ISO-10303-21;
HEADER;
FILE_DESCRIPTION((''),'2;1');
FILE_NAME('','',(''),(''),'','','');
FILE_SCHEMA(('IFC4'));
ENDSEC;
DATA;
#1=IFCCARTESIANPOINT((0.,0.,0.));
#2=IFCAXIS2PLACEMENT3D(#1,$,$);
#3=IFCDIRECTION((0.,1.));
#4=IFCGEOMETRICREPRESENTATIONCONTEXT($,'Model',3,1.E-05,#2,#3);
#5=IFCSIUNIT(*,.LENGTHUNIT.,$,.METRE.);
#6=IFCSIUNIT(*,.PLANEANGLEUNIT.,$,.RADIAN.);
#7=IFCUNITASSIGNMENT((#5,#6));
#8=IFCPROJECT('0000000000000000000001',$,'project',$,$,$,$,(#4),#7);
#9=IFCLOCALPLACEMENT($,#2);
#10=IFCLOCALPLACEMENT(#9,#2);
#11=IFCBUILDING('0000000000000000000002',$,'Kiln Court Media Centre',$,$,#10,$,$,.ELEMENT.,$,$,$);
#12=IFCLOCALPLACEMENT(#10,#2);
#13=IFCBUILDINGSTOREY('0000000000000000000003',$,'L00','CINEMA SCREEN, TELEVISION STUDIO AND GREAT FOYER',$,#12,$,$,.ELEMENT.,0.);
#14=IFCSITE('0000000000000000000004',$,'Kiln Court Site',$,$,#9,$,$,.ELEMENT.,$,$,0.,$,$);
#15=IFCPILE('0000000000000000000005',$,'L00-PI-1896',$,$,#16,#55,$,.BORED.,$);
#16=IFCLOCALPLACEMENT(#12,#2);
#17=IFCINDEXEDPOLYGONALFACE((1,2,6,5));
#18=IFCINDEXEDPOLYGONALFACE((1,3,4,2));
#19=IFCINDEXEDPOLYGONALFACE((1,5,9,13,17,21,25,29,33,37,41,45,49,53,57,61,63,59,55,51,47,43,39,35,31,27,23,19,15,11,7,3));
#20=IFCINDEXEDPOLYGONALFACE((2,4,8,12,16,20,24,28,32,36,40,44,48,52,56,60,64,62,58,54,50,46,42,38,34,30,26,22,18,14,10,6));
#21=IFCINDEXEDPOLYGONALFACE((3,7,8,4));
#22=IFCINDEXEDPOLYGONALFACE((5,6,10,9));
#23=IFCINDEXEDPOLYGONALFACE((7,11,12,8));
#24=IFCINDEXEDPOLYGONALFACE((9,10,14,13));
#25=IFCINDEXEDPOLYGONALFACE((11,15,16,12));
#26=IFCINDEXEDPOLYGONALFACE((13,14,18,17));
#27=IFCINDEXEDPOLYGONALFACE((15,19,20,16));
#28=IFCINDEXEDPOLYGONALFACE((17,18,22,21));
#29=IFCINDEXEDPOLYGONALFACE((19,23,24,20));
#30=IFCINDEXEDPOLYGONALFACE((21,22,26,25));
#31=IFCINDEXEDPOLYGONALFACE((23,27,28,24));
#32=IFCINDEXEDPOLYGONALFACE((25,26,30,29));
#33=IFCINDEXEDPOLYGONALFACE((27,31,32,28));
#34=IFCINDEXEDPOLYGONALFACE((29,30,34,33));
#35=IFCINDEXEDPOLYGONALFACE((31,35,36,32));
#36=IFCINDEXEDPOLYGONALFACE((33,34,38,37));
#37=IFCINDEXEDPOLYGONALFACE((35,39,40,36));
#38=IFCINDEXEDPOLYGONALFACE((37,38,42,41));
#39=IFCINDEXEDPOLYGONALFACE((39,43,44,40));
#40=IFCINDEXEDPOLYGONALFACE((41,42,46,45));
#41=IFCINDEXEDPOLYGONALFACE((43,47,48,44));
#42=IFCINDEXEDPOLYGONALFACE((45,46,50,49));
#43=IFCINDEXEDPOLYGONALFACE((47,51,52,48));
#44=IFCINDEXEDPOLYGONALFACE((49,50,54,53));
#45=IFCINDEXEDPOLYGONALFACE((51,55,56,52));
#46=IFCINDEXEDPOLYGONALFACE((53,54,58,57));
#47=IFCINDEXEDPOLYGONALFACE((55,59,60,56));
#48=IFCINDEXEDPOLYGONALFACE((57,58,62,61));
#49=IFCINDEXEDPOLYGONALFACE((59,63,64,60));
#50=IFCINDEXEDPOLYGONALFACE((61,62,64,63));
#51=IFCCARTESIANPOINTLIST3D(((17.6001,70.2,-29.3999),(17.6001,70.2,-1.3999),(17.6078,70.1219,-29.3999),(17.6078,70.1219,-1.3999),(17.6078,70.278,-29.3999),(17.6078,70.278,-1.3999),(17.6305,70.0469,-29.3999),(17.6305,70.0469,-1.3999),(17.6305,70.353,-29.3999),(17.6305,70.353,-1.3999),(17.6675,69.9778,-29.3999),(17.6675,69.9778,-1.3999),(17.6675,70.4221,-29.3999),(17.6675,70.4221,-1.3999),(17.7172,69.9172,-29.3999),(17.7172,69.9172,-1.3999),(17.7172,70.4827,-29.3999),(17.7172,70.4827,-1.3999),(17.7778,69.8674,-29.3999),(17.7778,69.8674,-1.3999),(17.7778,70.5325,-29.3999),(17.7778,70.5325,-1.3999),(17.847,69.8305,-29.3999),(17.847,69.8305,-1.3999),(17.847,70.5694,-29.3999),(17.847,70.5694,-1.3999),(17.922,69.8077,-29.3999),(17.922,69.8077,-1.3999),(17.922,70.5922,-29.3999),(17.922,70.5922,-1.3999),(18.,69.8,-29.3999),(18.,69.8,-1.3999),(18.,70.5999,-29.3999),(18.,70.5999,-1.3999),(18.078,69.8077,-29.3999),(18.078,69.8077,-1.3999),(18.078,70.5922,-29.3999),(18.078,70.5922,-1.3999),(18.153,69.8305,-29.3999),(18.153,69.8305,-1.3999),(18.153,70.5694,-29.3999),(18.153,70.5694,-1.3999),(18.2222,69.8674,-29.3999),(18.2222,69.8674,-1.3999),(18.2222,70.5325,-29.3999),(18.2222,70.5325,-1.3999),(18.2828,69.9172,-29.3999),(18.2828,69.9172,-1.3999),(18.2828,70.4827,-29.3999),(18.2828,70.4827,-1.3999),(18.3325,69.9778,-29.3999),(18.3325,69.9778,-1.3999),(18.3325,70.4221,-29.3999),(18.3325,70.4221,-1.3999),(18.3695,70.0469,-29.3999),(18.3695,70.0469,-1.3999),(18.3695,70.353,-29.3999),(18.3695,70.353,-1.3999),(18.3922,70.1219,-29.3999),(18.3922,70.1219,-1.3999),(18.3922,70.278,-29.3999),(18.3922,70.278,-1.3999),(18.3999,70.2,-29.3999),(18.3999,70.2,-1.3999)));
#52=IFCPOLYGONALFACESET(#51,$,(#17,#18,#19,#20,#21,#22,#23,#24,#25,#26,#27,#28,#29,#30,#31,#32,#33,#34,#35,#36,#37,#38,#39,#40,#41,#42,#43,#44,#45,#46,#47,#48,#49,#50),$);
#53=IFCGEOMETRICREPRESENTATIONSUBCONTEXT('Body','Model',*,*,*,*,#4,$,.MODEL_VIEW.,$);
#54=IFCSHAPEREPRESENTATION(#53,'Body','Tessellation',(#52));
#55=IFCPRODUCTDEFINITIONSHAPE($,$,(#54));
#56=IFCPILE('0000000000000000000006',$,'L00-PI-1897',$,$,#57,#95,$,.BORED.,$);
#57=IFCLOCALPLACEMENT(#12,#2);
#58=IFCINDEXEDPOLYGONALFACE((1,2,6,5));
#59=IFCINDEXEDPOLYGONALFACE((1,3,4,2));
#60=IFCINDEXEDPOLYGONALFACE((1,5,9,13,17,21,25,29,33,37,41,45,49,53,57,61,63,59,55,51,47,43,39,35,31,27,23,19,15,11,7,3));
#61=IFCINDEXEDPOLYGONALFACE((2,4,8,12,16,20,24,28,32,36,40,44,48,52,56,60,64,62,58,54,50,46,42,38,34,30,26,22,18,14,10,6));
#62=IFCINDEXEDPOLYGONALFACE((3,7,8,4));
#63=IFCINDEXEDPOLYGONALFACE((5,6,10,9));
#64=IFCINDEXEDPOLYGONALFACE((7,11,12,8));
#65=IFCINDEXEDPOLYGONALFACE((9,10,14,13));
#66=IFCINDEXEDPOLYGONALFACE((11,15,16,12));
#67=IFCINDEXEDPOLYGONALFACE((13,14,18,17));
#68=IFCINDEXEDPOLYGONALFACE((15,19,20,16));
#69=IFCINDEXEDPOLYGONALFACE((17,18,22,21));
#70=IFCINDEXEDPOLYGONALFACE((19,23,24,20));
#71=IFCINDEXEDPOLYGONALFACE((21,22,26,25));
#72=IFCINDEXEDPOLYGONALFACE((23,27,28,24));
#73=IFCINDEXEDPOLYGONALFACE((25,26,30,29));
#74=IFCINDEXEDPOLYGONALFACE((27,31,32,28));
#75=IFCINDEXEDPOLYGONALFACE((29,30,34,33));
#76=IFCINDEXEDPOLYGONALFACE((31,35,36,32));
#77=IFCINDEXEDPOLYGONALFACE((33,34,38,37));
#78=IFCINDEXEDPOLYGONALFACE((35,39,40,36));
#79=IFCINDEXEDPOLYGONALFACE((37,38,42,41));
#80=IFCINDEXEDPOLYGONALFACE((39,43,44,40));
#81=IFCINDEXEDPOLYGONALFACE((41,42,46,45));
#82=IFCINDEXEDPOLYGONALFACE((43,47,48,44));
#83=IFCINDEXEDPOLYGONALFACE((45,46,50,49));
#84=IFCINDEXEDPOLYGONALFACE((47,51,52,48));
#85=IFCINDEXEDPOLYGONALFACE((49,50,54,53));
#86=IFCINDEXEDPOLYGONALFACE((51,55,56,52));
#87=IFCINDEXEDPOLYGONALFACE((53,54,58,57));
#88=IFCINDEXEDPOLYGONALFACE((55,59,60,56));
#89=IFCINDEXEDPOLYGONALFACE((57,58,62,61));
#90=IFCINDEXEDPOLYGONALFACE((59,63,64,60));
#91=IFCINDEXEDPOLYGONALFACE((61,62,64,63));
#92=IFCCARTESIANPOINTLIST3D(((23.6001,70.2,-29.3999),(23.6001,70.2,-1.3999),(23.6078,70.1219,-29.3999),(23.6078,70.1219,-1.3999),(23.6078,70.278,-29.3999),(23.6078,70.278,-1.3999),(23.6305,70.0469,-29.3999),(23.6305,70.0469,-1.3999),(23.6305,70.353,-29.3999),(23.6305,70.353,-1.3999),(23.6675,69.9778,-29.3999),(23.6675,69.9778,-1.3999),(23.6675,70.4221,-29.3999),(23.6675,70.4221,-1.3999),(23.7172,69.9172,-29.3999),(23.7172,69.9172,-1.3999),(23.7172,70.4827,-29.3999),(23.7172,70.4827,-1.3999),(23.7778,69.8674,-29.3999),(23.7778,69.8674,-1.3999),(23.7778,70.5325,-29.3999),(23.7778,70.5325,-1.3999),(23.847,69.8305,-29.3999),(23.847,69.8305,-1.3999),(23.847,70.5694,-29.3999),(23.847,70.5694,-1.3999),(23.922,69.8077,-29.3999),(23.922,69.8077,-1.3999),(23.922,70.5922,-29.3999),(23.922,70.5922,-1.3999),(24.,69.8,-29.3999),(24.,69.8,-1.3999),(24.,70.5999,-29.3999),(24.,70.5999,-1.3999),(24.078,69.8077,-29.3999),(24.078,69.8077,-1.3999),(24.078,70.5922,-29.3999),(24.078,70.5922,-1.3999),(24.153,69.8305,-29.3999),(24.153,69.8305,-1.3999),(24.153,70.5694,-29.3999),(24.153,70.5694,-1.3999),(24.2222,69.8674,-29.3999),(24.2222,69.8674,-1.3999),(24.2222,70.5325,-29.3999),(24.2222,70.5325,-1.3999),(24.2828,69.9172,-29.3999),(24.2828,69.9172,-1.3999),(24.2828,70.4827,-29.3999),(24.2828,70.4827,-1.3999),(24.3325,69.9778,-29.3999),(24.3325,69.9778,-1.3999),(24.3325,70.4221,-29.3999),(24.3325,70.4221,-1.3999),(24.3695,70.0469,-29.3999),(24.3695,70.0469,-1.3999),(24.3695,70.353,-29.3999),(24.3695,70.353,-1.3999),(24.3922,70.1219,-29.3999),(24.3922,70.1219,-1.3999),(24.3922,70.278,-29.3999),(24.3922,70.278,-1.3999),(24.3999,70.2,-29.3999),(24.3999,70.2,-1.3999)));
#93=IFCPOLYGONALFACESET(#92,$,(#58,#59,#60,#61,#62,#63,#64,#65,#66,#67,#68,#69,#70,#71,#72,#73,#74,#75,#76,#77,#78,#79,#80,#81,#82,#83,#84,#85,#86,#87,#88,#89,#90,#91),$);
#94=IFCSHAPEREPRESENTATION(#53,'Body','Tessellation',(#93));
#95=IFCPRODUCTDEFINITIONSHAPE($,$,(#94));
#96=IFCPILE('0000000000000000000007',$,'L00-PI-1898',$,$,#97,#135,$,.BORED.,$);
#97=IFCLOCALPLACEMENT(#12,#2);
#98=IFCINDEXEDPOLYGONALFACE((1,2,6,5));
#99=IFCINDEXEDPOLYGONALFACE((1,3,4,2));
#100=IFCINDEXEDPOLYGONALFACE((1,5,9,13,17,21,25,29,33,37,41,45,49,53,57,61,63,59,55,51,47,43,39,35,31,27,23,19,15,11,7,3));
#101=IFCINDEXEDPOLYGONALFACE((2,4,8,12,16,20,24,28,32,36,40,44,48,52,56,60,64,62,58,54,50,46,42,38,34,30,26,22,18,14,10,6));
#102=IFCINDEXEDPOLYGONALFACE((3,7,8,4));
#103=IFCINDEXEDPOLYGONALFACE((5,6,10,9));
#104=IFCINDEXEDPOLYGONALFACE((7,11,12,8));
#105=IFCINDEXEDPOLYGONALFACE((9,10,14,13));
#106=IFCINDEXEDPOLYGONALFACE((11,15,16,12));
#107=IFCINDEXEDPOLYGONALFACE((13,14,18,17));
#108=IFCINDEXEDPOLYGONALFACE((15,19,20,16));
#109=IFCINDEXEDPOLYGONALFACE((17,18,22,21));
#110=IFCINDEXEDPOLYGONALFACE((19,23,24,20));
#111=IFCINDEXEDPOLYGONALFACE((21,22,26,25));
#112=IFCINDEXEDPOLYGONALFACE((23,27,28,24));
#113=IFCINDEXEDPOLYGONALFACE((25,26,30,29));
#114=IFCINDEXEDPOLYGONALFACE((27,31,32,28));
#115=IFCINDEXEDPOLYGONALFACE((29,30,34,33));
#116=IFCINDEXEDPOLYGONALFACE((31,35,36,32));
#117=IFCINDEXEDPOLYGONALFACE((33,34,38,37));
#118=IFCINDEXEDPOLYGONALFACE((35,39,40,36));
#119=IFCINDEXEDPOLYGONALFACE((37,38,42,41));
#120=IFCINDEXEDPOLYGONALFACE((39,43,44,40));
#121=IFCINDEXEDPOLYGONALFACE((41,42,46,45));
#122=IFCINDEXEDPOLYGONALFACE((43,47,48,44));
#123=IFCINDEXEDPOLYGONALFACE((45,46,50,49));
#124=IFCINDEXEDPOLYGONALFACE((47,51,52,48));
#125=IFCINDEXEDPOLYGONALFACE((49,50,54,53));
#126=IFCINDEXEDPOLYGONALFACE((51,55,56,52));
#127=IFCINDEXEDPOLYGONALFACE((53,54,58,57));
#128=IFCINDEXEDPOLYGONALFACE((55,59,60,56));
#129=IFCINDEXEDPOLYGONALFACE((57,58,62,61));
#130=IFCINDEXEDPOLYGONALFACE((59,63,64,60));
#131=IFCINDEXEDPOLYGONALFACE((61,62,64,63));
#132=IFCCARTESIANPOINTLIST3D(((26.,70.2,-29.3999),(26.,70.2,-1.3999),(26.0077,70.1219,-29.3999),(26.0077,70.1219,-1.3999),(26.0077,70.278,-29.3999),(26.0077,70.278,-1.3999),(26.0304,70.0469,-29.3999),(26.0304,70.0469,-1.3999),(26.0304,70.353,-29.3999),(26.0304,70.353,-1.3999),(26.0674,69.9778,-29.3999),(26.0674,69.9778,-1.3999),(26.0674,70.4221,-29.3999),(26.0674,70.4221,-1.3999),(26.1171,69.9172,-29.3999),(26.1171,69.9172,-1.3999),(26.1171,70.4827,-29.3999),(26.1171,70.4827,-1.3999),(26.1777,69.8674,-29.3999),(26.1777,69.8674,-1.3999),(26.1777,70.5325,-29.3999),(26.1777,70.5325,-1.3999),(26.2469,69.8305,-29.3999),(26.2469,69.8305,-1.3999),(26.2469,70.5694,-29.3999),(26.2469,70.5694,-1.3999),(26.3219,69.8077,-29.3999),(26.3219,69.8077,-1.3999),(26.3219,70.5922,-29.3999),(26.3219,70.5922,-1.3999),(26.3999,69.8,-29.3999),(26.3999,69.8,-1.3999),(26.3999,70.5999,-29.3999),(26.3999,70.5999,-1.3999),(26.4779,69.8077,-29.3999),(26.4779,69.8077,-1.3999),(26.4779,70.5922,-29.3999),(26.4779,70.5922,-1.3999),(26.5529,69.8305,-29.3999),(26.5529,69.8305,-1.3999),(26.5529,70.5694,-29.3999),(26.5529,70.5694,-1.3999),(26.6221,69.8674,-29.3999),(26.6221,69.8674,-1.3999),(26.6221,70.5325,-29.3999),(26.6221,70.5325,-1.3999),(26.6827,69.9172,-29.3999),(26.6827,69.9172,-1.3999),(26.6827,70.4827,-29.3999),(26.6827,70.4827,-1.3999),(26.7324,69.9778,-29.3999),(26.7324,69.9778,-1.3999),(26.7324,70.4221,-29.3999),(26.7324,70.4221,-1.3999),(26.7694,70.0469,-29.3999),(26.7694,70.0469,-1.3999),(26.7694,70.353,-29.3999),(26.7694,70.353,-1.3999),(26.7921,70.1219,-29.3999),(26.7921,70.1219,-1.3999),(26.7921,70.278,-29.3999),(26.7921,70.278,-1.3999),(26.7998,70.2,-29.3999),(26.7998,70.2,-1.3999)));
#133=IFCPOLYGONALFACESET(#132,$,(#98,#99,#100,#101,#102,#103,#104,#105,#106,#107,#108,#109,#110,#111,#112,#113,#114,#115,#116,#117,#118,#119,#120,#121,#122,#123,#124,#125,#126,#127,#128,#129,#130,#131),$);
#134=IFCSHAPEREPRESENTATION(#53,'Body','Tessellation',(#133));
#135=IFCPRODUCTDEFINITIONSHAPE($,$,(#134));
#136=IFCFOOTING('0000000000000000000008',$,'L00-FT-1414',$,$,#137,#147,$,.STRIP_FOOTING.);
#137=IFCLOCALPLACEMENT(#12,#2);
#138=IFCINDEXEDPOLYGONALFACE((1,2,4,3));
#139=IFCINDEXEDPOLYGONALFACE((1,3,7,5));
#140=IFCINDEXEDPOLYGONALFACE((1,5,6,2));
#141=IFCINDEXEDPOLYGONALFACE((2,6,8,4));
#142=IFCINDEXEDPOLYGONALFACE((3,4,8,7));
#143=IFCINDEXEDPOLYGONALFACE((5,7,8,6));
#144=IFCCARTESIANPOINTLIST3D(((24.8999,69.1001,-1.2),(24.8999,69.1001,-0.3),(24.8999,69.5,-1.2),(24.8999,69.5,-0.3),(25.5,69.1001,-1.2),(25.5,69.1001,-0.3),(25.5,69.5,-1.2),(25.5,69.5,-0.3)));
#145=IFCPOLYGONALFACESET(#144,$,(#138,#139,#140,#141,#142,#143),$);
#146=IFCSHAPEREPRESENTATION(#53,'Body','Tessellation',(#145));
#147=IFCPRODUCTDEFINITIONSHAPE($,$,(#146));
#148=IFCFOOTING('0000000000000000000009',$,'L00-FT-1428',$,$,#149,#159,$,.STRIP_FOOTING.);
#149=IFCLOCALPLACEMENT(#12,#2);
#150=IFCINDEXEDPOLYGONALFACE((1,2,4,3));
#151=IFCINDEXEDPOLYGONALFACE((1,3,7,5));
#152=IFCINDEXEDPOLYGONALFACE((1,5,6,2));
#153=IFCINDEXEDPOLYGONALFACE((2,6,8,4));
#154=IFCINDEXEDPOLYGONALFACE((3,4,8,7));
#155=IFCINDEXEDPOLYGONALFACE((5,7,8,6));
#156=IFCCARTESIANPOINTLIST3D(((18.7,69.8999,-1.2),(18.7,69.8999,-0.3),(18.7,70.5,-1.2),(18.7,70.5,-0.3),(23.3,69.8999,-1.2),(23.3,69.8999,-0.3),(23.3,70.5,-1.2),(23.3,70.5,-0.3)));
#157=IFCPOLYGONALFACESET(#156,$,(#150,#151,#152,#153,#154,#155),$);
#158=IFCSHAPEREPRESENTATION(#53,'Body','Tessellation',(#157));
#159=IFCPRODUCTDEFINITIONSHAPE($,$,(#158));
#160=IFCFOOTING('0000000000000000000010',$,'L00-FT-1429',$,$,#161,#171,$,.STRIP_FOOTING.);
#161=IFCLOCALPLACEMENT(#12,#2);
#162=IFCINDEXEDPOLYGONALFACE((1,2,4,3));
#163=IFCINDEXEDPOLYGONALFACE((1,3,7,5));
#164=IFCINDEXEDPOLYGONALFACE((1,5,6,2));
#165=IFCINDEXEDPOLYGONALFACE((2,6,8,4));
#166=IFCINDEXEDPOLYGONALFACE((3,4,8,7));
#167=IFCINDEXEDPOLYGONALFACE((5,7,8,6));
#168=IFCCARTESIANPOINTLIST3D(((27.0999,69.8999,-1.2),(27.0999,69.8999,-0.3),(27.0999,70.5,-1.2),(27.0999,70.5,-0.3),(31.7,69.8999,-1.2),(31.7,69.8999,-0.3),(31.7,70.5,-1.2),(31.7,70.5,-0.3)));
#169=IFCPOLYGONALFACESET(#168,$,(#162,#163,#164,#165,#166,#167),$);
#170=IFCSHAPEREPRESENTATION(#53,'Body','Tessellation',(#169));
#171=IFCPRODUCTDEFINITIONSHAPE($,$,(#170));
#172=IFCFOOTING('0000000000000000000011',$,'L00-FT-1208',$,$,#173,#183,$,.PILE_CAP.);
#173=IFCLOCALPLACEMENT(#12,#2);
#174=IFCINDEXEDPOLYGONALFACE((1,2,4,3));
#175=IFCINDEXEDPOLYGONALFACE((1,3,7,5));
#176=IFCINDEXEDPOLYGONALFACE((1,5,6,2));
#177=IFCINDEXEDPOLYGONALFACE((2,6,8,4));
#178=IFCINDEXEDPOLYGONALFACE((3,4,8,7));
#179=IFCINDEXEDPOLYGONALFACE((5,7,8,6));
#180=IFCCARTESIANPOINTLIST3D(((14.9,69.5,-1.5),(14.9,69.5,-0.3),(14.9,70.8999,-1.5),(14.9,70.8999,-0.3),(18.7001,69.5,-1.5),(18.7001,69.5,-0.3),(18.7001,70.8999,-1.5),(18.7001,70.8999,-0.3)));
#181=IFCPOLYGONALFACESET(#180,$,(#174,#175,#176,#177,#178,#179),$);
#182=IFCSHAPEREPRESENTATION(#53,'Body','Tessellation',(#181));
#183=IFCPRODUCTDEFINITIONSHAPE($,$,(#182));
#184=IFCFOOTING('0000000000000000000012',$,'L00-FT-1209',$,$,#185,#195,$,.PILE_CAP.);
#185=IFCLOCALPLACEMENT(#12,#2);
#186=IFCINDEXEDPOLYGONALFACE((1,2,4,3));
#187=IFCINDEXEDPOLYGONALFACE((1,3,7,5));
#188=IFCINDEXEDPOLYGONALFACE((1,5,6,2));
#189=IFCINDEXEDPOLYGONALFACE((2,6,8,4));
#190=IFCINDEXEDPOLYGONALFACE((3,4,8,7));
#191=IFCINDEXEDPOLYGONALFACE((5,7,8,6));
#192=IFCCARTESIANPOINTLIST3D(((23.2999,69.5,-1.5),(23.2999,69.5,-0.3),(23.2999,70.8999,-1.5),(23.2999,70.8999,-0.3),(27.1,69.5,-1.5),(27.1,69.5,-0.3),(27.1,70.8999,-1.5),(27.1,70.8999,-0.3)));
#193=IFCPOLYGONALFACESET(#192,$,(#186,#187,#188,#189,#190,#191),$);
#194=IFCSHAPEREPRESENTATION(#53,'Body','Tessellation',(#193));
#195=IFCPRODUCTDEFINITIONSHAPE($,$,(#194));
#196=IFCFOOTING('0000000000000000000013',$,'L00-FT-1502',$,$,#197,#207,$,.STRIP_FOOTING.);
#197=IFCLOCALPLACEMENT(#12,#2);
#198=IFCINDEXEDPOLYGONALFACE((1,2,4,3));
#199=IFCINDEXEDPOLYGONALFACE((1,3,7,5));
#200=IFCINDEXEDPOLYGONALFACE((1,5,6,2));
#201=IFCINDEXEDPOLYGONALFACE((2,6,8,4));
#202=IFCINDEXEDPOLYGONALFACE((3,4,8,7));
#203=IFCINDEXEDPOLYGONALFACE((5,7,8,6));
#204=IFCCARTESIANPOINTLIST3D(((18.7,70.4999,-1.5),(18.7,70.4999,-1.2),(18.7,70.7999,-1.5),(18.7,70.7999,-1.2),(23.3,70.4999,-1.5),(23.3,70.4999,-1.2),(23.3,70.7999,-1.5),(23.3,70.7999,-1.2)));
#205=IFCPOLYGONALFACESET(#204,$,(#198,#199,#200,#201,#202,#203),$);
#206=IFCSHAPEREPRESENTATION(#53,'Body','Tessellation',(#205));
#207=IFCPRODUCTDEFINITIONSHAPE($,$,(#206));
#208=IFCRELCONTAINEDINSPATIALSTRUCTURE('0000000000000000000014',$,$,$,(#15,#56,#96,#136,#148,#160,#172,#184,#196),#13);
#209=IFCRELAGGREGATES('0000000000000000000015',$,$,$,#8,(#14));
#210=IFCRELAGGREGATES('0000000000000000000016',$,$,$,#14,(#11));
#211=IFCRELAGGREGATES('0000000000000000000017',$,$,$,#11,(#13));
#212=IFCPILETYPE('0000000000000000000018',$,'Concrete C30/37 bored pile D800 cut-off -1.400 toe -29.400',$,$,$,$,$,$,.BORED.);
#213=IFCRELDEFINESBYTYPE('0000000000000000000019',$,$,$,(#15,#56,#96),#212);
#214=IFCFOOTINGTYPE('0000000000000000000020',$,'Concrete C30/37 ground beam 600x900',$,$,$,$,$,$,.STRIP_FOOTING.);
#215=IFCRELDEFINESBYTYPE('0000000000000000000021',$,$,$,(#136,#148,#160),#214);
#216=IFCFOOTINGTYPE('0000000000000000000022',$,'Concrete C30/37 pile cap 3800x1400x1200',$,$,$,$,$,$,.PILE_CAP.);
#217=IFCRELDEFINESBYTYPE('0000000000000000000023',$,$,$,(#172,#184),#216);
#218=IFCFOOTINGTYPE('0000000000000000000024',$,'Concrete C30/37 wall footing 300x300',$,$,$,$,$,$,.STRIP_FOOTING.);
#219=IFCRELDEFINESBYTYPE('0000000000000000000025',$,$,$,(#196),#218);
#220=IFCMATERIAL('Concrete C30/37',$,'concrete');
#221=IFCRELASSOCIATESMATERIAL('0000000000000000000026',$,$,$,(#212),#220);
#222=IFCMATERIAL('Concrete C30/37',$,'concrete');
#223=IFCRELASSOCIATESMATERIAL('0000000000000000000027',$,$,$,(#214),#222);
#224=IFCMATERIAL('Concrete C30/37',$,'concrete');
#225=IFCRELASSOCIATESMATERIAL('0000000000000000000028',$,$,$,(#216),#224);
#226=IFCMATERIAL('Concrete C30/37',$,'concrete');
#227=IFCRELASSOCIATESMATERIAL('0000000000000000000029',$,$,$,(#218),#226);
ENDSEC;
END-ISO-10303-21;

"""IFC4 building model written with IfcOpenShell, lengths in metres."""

from ifc_helpers import new_model, si_unit, direction, frame, origin, origin_2d, place, context, subcontext, project, spatial, rectangle, circle, extrude, material, material_profile, profile_set, type_object, element, save


model = new_model("IFC4")

# Units and contexts
model_context = context("Model", 3, precision=1e-05, world=origin(), true_north=direction((0.0, 1.0)))
body_context = subcontext(model_context, "Body", "Model", "MODEL_VIEW")
ifc_project = project(units=[si_unit("LENGTHUNIT", "METRE"), si_unit("PLANEANGLEUNIT", "RADIAN")], contexts=[model_context])

# Site, building, storey
site_placement = place(None, origin())
site = spatial("IfcSite", under=ifc_project, at=site_placement, Name="Kiln Court Site", CompositionType="ELEMENT", RefElevation=0.0)
building_placement = place(site_placement, origin())
building = spatial("IfcBuilding", under=site, at=building_placement, Name="Kiln Court Media Centre", CompositionType="ELEMENT")
storey_placement = place(building_placement, origin())
storey = spatial("IfcBuildingStorey", under=building, at=storey_placement, Name="L00", Description="CINEMA SCREEN, TELEVISION STUDIO AND GREAT FOYER", CompositionType="ELEMENT", Elevation=0.0)

# Piles
ifc_material_1 = material(Name="Concrete C30/37", Category="concrete")
ifc_material_profile_1 = material_profile(ifc_material_1, circle(Radius=0.3999, at=origin_2d()), Name="PILE D800")
ifc_profile_set_1 = profile_set([ifc_material_profile_1], Name="Concrete C30/37")
pile_type = type_object("IfcPileType", Name="Concrete C30/37 bored pile D800 cut-off -1.400 toe -29.400", PredefinedType="BORED", material=ifc_profile_set_1)
for number, where, z_axis, x_axis, name in (
    (1, (18.0, 70.2, -1.3999), (0.0, 0.0, -1.0), (1.0, 0.0, 0.0), "L00-PI-1896"),
    (2, (24.0, 70.2, -1.3999), (0.0, 0.0, -1.0), (1.0, 0.0, 0.0), "L00-PI-1897"),
    (3, (26.3999, 70.2, -1.3999), (0.0, 0.0, -1.0), (1.0, 0.0, 0.0), "L00-PI-1898"),
):
    element("IfcPile", number, at=place(storey_placement, frame(where, z_axis=z_axis, x_axis=x_axis)), inside=storey, type_object=pile_type, Name=name, PredefinedType="BORED", context=body_context, shape_type="SweptSolid", body=[
        extrude(circle(Radius=0.3999, at=origin_2d()), origin(), (0.0, 0.0, 1.0), 28.0),
    ])

# Footings
ifc_material_2 = material(Name="Concrete C30/37", Category="concrete")
footing_type_1 = type_object("IfcFootingType", Name="Concrete C30/37 ground beam 600x900", PredefinedType="STRIP_FOOTING", material=ifc_material_2)
footing_placement = place(storey_placement, frame((25.2, 69.3, -1.2), z_axis=(0.0, 0.0, 1.0), x_axis=(1.0, 0.0, 0.0)))
element("IfcFooting", 4, at=footing_placement, inside=storey, type_object=footing_type_1, Name="L00-FT-1414", PredefinedType="STRIP_FOOTING", context=body_context, shape_type="SweptSolid", body=[
    extrude(rectangle(XDim=0.6001, YDim=0.3999, at=origin_2d()), origin(), (0.0, 0.0, 1.0), 0.8999),
])
for number, where, z_axis, x_axis, name in (
    (5, (21.0, 70.2, -1.2), (0.0, 0.0, 1.0), (1.0, 0.0, 0.0), "L00-FT-1428"),
    (6, (29.3999, 70.2, -1.2), (0.0, 0.0, 1.0), (1.0, 0.0, 0.0), "L00-FT-1429"),
):
    element("IfcFooting", number, at=place(storey_placement, frame(where, z_axis=z_axis, x_axis=x_axis)), inside=storey, type_object=footing_type_1, Name=name, PredefinedType="STRIP_FOOTING", context=body_context, shape_type="SweptSolid", body=[
        extrude(rectangle(XDim=4.6001, YDim=0.6001, at=origin_2d()), origin(), (0.0, 0.0, 1.0), 0.8999),
    ])
ifc_material_3 = material(Name="Concrete C30/37", Category="concrete")
footing_type_2 = type_object("IfcFootingType", Name="Concrete C30/37 pile cap 3800x1400x1200", PredefinedType="PILE_CAP", material=ifc_material_3)
for number, where, z_axis, x_axis, name in (
    (7, (16.8, 70.2, -1.5), (0.0, 0.0, 1.0), (1.0, 0.0, 0.0), "L00-FT-1208"),
    (8, (25.2, 70.2, -1.5), (0.0, 0.0, 1.0), (1.0, 0.0, 0.0), "L00-FT-1209"),
):
    element("IfcFooting", number, at=place(storey_placement, frame(where, z_axis=z_axis, x_axis=x_axis)), inside=storey, type_object=footing_type_2, Name=name, PredefinedType="PILE_CAP", context=body_context, shape_type="SweptSolid", body=[
        extrude(rectangle(XDim=3.8, YDim=1.3999, at=origin_2d()), origin(), (0.0, 0.0, 1.0), 1.2),
    ])
ifc_material_4 = material(Name="Concrete C30/37", Category="concrete")
footing_type_3 = type_object("IfcFootingType", Name="Concrete C30/37 wall footing 300x300", PredefinedType="STRIP_FOOTING", material=ifc_material_4)
for number, where, z_axis, x_axis, name in (
    (9, (21.0, 70.6499, -1.5), (0.0, 0.0, 1.0), (1.0, 0.0, 0.0), "L00-FT-1502"),
):
    element("IfcFooting", number, at=place(storey_placement, frame(where, z_axis=z_axis, x_axis=x_axis)), inside=storey, type_object=footing_type_3, Name=name, PredefinedType="STRIP_FOOTING", context=body_context, shape_type="SweptSolid", body=[
        extrude(rectangle(XDim=4.6001, YDim=0.3, at=origin_2d()), origin(), (0.0, 0.0, 1.0), 0.3),
    ])

save(model, "model.ifc")
